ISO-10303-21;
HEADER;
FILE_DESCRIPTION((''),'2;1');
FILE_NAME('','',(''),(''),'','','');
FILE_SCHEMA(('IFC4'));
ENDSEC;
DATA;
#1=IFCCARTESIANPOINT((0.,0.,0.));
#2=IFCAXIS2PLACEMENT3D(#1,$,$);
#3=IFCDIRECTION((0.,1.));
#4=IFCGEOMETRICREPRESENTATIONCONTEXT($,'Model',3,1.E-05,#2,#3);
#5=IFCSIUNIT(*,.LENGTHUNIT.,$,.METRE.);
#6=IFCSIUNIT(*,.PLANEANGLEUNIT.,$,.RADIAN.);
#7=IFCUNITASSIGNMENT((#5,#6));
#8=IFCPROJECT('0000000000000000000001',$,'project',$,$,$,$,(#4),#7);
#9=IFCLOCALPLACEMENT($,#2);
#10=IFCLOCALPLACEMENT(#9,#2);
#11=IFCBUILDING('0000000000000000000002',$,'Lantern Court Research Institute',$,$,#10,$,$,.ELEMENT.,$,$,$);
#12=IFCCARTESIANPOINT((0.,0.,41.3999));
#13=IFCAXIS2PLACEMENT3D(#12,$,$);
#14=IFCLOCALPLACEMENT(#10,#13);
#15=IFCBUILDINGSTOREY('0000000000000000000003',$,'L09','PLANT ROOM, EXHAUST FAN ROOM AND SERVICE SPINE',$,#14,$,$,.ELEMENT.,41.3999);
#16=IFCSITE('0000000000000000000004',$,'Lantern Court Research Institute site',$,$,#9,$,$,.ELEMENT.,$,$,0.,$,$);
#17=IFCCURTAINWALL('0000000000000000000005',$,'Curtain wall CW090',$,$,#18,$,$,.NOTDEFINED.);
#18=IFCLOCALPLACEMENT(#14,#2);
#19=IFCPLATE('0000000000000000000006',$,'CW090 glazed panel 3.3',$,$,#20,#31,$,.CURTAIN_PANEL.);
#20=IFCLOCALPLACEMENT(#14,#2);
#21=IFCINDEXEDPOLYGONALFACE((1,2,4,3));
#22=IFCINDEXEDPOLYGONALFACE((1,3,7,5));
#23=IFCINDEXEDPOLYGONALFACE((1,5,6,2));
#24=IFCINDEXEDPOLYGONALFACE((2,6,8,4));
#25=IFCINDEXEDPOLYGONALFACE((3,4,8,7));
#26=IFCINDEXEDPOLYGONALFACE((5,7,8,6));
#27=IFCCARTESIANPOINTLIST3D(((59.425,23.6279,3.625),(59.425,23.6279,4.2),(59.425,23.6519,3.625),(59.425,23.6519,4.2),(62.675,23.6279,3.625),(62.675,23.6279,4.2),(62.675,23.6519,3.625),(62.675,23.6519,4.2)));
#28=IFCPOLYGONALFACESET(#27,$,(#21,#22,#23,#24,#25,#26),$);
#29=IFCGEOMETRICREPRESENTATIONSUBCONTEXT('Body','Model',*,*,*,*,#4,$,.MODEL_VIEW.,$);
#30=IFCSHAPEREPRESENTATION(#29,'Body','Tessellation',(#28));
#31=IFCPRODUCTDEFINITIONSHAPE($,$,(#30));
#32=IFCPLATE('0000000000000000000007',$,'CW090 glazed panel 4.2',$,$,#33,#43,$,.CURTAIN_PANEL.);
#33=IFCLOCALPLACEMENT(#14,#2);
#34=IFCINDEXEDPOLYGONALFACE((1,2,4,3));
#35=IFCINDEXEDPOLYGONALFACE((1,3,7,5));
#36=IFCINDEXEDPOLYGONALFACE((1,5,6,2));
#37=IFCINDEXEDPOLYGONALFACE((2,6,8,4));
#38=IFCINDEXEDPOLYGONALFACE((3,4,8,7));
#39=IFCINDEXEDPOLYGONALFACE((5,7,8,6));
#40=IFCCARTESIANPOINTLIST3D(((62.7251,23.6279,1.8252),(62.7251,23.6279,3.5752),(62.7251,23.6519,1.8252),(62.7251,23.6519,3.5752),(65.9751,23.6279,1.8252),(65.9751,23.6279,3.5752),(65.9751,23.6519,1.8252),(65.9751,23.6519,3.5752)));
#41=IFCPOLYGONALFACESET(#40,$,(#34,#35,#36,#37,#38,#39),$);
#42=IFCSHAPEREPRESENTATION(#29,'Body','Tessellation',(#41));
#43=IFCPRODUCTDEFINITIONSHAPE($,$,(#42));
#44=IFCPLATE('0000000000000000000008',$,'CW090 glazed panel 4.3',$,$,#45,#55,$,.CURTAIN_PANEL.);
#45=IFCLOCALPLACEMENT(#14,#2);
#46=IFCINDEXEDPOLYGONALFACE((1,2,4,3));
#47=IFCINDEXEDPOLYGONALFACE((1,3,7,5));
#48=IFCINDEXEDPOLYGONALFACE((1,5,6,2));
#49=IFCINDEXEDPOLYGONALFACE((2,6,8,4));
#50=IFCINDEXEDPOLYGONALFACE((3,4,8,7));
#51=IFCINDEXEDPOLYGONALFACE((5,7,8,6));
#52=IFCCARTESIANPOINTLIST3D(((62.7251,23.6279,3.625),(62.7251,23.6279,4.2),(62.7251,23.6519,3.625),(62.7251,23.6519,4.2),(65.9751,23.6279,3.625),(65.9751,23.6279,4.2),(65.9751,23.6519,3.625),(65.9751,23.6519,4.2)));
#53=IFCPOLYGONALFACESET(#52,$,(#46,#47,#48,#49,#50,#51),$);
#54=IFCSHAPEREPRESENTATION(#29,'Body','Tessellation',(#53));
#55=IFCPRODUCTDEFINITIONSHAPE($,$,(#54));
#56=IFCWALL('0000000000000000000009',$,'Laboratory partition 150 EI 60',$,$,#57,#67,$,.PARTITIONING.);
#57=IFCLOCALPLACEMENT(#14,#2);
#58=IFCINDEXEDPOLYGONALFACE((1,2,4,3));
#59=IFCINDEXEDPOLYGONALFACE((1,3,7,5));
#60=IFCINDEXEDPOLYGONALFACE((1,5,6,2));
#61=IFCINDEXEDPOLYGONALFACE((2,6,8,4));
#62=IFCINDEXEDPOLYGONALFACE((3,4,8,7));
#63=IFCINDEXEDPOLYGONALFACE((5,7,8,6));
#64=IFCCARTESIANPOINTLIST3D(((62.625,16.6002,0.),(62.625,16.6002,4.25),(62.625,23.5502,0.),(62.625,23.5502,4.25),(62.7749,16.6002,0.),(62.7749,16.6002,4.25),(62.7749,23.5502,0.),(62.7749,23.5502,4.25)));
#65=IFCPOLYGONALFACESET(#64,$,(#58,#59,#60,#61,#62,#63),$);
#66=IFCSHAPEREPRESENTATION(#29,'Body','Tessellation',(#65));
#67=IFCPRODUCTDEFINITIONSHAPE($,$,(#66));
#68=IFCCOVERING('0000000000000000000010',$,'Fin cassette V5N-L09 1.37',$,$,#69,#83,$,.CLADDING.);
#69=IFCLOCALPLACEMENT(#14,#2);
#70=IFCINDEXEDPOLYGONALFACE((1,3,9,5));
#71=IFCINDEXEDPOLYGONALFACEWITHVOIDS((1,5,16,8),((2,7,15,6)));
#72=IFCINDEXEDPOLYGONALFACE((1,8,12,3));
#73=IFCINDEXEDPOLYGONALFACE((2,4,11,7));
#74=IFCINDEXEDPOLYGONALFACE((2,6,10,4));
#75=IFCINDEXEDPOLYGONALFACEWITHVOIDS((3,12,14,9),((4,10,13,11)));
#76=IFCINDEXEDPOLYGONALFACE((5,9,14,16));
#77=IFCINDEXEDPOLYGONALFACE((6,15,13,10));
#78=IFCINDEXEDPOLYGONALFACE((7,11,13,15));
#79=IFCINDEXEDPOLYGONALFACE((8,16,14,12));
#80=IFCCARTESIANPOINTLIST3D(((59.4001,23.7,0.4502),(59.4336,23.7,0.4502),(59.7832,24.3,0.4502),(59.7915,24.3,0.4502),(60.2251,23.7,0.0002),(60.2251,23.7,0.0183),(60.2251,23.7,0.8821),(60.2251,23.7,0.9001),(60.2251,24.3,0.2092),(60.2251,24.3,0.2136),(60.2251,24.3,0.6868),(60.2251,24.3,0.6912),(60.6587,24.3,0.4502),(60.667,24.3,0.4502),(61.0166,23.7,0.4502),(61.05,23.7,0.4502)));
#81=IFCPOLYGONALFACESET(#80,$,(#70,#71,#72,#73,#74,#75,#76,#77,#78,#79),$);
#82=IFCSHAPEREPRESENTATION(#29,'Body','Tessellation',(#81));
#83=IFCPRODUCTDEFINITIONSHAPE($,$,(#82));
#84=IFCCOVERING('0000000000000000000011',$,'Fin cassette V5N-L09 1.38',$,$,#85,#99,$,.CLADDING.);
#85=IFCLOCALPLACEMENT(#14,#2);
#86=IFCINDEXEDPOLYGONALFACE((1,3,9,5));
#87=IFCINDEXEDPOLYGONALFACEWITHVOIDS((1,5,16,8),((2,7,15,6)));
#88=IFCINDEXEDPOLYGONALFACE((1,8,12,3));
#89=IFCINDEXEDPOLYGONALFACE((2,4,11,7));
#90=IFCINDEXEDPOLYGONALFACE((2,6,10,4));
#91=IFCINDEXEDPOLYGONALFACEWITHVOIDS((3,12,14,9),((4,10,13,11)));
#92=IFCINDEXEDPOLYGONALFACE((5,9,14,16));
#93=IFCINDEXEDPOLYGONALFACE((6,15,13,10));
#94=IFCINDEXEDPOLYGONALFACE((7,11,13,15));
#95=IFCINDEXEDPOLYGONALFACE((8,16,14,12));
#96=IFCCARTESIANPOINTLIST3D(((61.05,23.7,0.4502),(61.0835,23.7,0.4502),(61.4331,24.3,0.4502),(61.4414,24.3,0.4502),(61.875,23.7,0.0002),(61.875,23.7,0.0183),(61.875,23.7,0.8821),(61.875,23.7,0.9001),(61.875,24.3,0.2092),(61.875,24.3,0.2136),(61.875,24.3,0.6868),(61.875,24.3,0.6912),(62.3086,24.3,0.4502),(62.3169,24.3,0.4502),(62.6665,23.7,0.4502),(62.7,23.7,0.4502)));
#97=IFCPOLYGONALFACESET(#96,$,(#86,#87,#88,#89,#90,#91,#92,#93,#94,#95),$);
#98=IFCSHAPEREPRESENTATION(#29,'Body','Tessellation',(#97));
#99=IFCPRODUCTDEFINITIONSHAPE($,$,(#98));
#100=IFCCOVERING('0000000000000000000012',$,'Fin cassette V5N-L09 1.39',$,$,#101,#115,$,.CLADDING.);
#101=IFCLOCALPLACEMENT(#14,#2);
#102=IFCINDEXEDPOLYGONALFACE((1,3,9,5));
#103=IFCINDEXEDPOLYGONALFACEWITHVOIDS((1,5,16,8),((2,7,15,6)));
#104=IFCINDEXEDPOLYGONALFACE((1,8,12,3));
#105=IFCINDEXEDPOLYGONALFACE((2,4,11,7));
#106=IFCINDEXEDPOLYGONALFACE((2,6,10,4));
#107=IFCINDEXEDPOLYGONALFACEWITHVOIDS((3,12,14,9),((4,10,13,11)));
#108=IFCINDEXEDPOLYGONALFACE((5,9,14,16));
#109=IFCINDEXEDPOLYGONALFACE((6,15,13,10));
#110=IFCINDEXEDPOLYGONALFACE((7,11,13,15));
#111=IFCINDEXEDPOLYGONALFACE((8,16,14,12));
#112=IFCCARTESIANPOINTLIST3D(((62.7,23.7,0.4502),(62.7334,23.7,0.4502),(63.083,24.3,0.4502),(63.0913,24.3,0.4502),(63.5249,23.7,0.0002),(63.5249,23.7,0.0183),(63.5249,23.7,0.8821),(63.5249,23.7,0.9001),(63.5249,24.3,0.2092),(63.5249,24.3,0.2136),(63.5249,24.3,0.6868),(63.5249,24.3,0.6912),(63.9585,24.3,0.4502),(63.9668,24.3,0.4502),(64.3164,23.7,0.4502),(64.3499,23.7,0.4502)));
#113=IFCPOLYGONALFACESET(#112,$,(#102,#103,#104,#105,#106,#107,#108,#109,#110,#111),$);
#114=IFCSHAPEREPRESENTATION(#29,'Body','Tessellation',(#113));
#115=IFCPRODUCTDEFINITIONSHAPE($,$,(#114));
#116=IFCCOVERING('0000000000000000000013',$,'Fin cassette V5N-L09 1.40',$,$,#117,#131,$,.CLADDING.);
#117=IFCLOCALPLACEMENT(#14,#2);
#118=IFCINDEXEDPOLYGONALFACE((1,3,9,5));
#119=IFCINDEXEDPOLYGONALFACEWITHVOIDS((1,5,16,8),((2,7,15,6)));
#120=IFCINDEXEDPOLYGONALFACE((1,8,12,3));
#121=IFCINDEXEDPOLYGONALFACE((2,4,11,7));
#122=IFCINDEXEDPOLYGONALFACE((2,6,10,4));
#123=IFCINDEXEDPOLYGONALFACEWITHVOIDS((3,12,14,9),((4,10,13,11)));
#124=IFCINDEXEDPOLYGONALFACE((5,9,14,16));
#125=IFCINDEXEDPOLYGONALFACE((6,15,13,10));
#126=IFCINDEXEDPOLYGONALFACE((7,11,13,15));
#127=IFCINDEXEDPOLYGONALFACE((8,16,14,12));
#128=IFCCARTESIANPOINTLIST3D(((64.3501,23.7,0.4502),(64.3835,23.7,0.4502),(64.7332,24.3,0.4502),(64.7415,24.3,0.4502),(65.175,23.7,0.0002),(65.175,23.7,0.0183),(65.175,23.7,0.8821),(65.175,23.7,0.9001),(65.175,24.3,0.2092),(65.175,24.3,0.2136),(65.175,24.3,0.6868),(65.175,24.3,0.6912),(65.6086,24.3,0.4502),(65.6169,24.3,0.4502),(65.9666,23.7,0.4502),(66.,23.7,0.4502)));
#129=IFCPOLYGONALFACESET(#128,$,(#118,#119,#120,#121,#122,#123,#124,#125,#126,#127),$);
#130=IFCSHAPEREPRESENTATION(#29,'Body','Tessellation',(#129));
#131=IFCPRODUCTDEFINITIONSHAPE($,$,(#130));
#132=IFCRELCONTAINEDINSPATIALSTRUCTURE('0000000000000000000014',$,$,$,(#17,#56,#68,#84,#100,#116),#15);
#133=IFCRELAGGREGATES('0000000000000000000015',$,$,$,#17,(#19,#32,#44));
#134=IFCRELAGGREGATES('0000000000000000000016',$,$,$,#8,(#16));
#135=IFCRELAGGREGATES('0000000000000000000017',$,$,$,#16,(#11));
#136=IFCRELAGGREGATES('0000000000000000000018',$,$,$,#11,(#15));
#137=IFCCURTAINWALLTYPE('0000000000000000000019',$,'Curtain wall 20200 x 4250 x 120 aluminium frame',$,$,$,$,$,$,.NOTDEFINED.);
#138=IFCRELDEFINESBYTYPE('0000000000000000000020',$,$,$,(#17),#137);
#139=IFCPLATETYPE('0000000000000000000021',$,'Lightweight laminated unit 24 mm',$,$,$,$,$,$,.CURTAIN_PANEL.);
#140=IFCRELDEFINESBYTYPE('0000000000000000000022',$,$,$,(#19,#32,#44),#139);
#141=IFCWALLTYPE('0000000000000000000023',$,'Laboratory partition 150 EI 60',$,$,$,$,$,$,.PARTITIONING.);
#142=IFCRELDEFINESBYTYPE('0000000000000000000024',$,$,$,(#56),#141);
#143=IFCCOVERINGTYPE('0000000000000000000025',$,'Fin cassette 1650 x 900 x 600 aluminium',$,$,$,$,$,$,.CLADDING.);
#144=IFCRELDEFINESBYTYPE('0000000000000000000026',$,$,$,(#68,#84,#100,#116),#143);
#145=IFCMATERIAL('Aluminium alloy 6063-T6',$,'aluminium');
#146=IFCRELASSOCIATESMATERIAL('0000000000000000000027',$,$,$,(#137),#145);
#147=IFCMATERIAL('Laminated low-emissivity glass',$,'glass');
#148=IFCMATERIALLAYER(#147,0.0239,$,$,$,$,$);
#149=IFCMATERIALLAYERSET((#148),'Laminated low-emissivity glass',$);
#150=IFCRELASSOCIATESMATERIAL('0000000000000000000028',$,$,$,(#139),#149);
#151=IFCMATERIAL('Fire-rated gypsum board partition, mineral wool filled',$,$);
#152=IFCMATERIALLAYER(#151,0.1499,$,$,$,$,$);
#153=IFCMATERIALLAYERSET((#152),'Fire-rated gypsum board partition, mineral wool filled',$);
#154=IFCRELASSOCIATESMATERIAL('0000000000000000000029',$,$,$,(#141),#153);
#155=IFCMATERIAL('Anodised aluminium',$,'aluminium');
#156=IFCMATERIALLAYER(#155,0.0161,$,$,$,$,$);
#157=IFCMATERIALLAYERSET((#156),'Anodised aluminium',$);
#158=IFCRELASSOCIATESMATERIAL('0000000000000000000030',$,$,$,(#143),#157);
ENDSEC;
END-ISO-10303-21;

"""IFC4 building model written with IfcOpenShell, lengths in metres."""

from ifc_helpers import new_model, entity, si_unit, direction, frame, frame_2d, origin, origin_2d, place, context, subcontext, project, spatial, rectangle, extrude, material, layer, layer_set, type_object, element, aggregate, save


model = new_model("IFC4")

# Units and contexts
model_context = context("Model", 3, precision=1e-05, world=origin(), true_north=direction((0.0, 1.0)))
body_context = subcontext(model_context, "Body", "Model", "MODEL_VIEW")
ifc_project = project(units=[si_unit("LENGTHUNIT", "METRE"), si_unit("PLANEANGLEUNIT", "RADIAN")], contexts=[model_context])

# Site, building, storey
site_placement = place(None, origin())
site = spatial("IfcSite", under=ifc_project, at=site_placement, Name="Lantern Court Research Institute site", CompositionType="ELEMENT", RefElevation=0.0)
building_placement = place(site_placement, origin())
building = spatial("IfcBuilding", under=site, at=building_placement, Name="Lantern Court Research Institute", CompositionType="ELEMENT")
storey_placement = place(building_placement, frame((0.0, 0.0, 41.3999)))
storey = spatial("IfcBuildingStorey", under=building, at=storey_placement, Name="L09", Description="PLANT ROOM, EXHAUST FAN ROOM AND SERVICE SPINE", CompositionType="ELEMENT", Elevation=41.3999)

# Curtain wall
ifc_material_1 = material(Name="Aluminium alloy 6063-T6", Category="aluminium")
curtain_wall_type = type_object("IfcCurtainWallType", Name="Curtain wall 20200 x 4250 x 120 aluminium frame", PredefinedType="NOTDEFINED", material=ifc_material_1)
curtain_wall_placement = place(storey_placement, origin())
curtain_wall = element("IfcCurtainWall", 1, at=curtain_wall_placement, inside=storey, type_object=curtain_wall_type, Name="Curtain wall CW090", PredefinedType="NOTDEFINED")

# Plates
ifc_material_2 = material(Name="Laminated low-emissivity glass", Category="glass")
ifc_layer_1 = layer(ifc_material_2, 0.0239)
ifc_layer_set_1 = layer_set([ifc_layer_1], Name="Laminated low-emissivity glass")
plate_type_1 = type_object("IfcPlateType", Name="Lightweight laminated unit 24 mm", PredefinedType="CURTAIN_PANEL", material=ifc_layer_set_1)
plate_1_placement = place(storey_placement, frame((61.05, 23.6399, 3.625), z_axis=(0.0, 0.0, 1.0), x_axis=(1.0, 0.0, 0.0)))
plate_1 = element("IfcPlate", 2, at=plate_1_placement, type_object=plate_type_1, Name="CW090 glazed panel 3.3", PredefinedType="CURTAIN_PANEL", context=body_context, shape_type="SweptSolid", body=[
    extrude(rectangle(XDim=3.25, YDim=0.0239, at=origin_2d()), origin(), (0.0, 0.0, 1.0), 0.575),
])
plate_2_placement = place(storey_placement, frame((64.3501, 23.6399, 1.8252), z_axis=(0.0, 0.0, 1.0), x_axis=(1.0, 0.0, 0.0)))
plate_2 = element("IfcPlate", 3, at=plate_2_placement, type_object=plate_type_1, Name="CW090 glazed panel 4.2", PredefinedType="CURTAIN_PANEL", context=body_context, shape_type="SweptSolid", body=[
    extrude(rectangle(XDim=3.25, YDim=0.0239, at=origin_2d()), origin(), (0.0, 0.0, 1.0), 1.75),
])
plate_3_placement = place(storey_placement, frame((64.3501, 23.6399, 3.625), z_axis=(0.0, 0.0, 1.0), x_axis=(1.0, 0.0, 0.0)))
plate_3 = element("IfcPlate", 4, at=plate_3_placement, type_object=plate_type_1, Name="CW090 glazed panel 4.3", PredefinedType="CURTAIN_PANEL", context=body_context, shape_type="SweptSolid", body=[
    extrude(rectangle(XDim=3.25, YDim=0.0239, at=origin_2d()), origin(), (0.0, 0.0, 1.0), 0.575),
])
aggregate(curtain_wall, [plate_1, plate_2, plate_3])

# Wall
ifc_material_3 = material(Name="Fire-rated gypsum board partition, mineral wool filled")
ifc_layer_2 = layer(ifc_material_3, 0.1499)
ifc_layer_set_2 = layer_set([ifc_layer_2], Name="Fire-rated gypsum board partition, mineral wool filled")
wall_type = type_object("IfcWallType", Name="Laboratory partition 150 EI 60", PredefinedType="PARTITIONING", material=ifc_layer_set_2)
wall_placement = place(storey_placement, frame((62.7, 16.6001, 0.0), z_axis=(0.0, 0.0, 1.0), x_axis=(0.0, 1.0, 0.0)))
element("IfcWall", 5, at=wall_placement, inside=storey, type_object=wall_type, Name="Laboratory partition 150 EI 60", PredefinedType="PARTITIONING", context=body_context, shape_type="SweptSolid", body=[
    extrude(rectangle(XDim=6.95, YDim=0.1499, at=frame_2d((3.4751, 0.0))), origin(), (0.0, 0.0, 1.0), 4.25),
])

# Coverings
ifc_material_4 = material(Name="Anodised aluminium", Category="aluminium")
ifc_layer_3 = layer(ifc_material_4, 0.0161)
ifc_layer_set_3 = layer_set([ifc_layer_3], Name="Anodised aluminium")
covering_type = type_object("IfcCoveringType", Name="Fin cassette 1650 x 900 x 600 aluminium", PredefinedType="CLADDING", material=ifc_layer_set_3)
covering_1_placement = place(storey_placement, frame((60.2251, 23.7, 0.4502), z_axis=(0.0, 1.0, 0.0), x_axis=(-1.0, 0.0, 0.0)))
cartesian_point_1 = entity("IfcCartesianPoint", [0.825, 0.0])
cartesian_point_2 = entity("IfcCartesianPoint", [0.7915, 0.0])
cartesian_point_3 = entity("IfcCartesianPoint", [0.4419, 0.0])
cartesian_point_4 = entity("IfcCartesianPoint", [0.4336, 0.0])
element("IfcCovering", 6, at=covering_1_placement, inside=storey, type_object=covering_type, Name="Fin cassette V5N-L09 1.37", PredefinedType="CLADDING", context=body_context, shape_type="SweptSolid", body=[
    entity("IfcExtrudedAreaSolidTapered", entity("IfcArbitraryProfileDefWithVoids", "AREA", None, entity("IfcPolyline", [cartesian_point_1, entity("IfcCartesianPoint", [0.0, 0.45]), entity("IfcCartesianPoint", [-0.825, 0.0]), entity("IfcCartesianPoint", [0.0, -0.45]), cartesian_point_1]), [entity("IfcPolyline", [cartesian_point_2, entity("IfcCartesianPoint", [0.0, 0.4319]), entity("IfcCartesianPoint", [-0.7915, 0.0]), entity("IfcCartesianPoint", [0.0, -0.4319]), cartesian_point_2])]), entity("IfcAxis2Placement3D", entity("IfcCartesianPoint", [0.0, 0.0, 0.0])), entity("IfcDirection", [0.0, 0.0, 1.0]), 0.6001, entity("IfcArbitraryProfileDefWithVoids", "AREA", None, entity("IfcPolyline", [cartesian_point_3, entity("IfcCartesianPoint", [0.0, 0.241]), entity("IfcCartesianPoint", [-0.4419, 0.0]), entity("IfcCartesianPoint", [0.0, -0.241]), cartesian_point_3]), [entity("IfcPolyline", [cartesian_point_4, entity("IfcCartesianPoint", [0.0, 0.2366]), entity("IfcCartesianPoint", [-0.4336, 0.0]), entity("IfcCartesianPoint", [0.0, -0.2366]), cartesian_point_4])])),
])
covering_2_placement = place(storey_placement, frame((61.875, 23.7, 0.4502), z_axis=(0.0, 1.0, 0.0), x_axis=(-1.0, 0.0, 0.0)))
cartesian_point_5 = entity("IfcCartesianPoint", [0.825, 0.0])
cartesian_point_6 = entity("IfcCartesianPoint", [0.7915, 0.0])
cartesian_point_7 = entity("IfcCartesianPoint", [0.4419, 0.0])
cartesian_point_8 = entity("IfcCartesianPoint", [0.4336, 0.0])
element("IfcCovering", 7, at=covering_2_placement, inside=storey, type_object=covering_type, Name="Fin cassette V5N-L09 1.38", PredefinedType="CLADDING", context=body_context, shape_type="SweptSolid", body=[
    entity("IfcExtrudedAreaSolidTapered", entity("IfcArbitraryProfileDefWithVoids", "AREA", None, entity("IfcPolyline", [cartesian_point_5, entity("IfcCartesianPoint", [0.0, 0.45]), entity("IfcCartesianPoint", [-0.825, 0.0]), entity("IfcCartesianPoint", [0.0, -0.45]), cartesian_point_5]), [entity("IfcPolyline", [cartesian_point_6, entity("IfcCartesianPoint", [0.0, 0.4319]), entity("IfcCartesianPoint", [-0.7915, 0.0]), entity("IfcCartesianPoint", [0.0, -0.4319]), cartesian_point_6])]), entity("IfcAxis2Placement3D", entity("IfcCartesianPoint", [0.0, 0.0, 0.0])), entity("IfcDirection", [0.0, 0.0, 1.0]), 0.6001, entity("IfcArbitraryProfileDefWithVoids", "AREA", None, entity("IfcPolyline", [cartesian_point_7, entity("IfcCartesianPoint", [0.0, 0.241]), entity("IfcCartesianPoint", [-0.4419, 0.0]), entity("IfcCartesianPoint", [0.0, -0.241]), cartesian_point_7]), [entity("IfcPolyline", [cartesian_point_8, entity("IfcCartesianPoint", [0.0, 0.2366]), entity("IfcCartesianPoint", [-0.4336, 0.0]), entity("IfcCartesianPoint", [0.0, -0.2366]), cartesian_point_8])])),
])
covering_3_placement = place(storey_placement, frame((63.5249, 23.7, 0.4502), z_axis=(0.0, 1.0, 0.0), x_axis=(-1.0, 0.0, 0.0)))
cartesian_point_9 = entity("IfcCartesianPoint", [0.825, 0.0])
cartesian_point_10 = entity("IfcCartesianPoint", [0.7915, 0.0])
cartesian_point_11 = entity("IfcCartesianPoint", [0.4419, 0.0])
cartesian_point_12 = entity("IfcCartesianPoint", [0.4336, 0.0])
element("IfcCovering", 8, at=covering_3_placement, inside=storey, type_object=covering_type, Name="Fin cassette V5N-L09 1.39", PredefinedType="CLADDING", context=body_context, shape_type="SweptSolid", body=[
    entity("IfcExtrudedAreaSolidTapered", entity("IfcArbitraryProfileDefWithVoids", "AREA", None, entity("IfcPolyline", [cartesian_point_9, entity("IfcCartesianPoint", [0.0, 0.45]), entity("IfcCartesianPoint", [-0.825, 0.0]), entity("IfcCartesianPoint", [0.0, -0.45]), cartesian_point_9]), [entity("IfcPolyline", [cartesian_point_10, entity("IfcCartesianPoint", [0.0, 0.4319]), entity("IfcCartesianPoint", [-0.7915, 0.0]), entity("IfcCartesianPoint", [0.0, -0.4319]), cartesian_point_10])]), entity("IfcAxis2Placement3D", entity("IfcCartesianPoint", [0.0, 0.0, 0.0])), entity("IfcDirection", [0.0, 0.0, 1.0]), 0.6001, entity("IfcArbitraryProfileDefWithVoids", "AREA", None, entity("IfcPolyline", [cartesian_point_11, entity("IfcCartesianPoint", [0.0, 0.241]), entity("IfcCartesianPoint", [-0.4419, 0.0]), entity("IfcCartesianPoint", [0.0, -0.241]), cartesian_point_11]), [entity("IfcPolyline", [cartesian_point_12, entity("IfcCartesianPoint", [0.0, 0.2366]), entity("IfcCartesianPoint", [-0.4336, 0.0]), entity("IfcCartesianPoint", [0.0, -0.2366]), cartesian_point_12])])),
])
covering_4_placement = place(storey_placement, frame((65.175, 23.7, 0.4502), z_axis=(0.0, 1.0, 0.0), x_axis=(-1.0, 0.0, 0.0)))
cartesian_point_13 = entity("IfcCartesianPoint", [0.825, 0.0])
cartesian_point_14 = entity("IfcCartesianPoint", [0.7915, 0.0])
cartesian_point_15 = entity("IfcCartesianPoint", [0.4419, 0.0])
cartesian_point_16 = entity("IfcCartesianPoint", [0.4336, 0.0])
element("IfcCovering", 9, at=covering_4_placement, inside=storey, type_object=covering_type, Name="Fin cassette V5N-L09 1.40", PredefinedType="CLADDING", context=body_context, shape_type="SweptSolid", body=[
    entity("IfcExtrudedAreaSolidTapered", entity("IfcArbitraryProfileDefWithVoids", "AREA", None, entity("IfcPolyline", [cartesian_point_13, entity("IfcCartesianPoint", [0.0, 0.45]), entity("IfcCartesianPoint", [-0.825, 0.0]), entity("IfcCartesianPoint", [0.0, -0.45]), cartesian_point_13]), [entity("IfcPolyline", [cartesian_point_14, entity("IfcCartesianPoint", [0.0, 0.4319]), entity("IfcCartesianPoint", [-0.7915, 0.0]), entity("IfcCartesianPoint", [0.0, -0.4319]), cartesian_point_14])]), entity("IfcAxis2Placement3D", entity("IfcCartesianPoint", [0.0, 0.0, 0.0])), entity("IfcDirection", [0.0, 0.0, 1.0]), 0.6001, entity("IfcArbitraryProfileDefWithVoids", "AREA", None, entity("IfcPolyline", [cartesian_point_15, entity("IfcCartesianPoint", [0.0, 0.241]), entity("IfcCartesianPoint", [-0.4419, 0.0]), entity("IfcCartesianPoint", [0.0, -0.241]), cartesian_point_15]), [entity("IfcPolyline", [cartesian_point_16, entity("IfcCartesianPoint", [0.0, 0.2366]), entity("IfcCartesianPoint", [-0.4336, 0.0]), entity("IfcCartesianPoint", [0.0, -0.2366]), cartesian_point_16])])),
])

save(model, "model.ifc")
